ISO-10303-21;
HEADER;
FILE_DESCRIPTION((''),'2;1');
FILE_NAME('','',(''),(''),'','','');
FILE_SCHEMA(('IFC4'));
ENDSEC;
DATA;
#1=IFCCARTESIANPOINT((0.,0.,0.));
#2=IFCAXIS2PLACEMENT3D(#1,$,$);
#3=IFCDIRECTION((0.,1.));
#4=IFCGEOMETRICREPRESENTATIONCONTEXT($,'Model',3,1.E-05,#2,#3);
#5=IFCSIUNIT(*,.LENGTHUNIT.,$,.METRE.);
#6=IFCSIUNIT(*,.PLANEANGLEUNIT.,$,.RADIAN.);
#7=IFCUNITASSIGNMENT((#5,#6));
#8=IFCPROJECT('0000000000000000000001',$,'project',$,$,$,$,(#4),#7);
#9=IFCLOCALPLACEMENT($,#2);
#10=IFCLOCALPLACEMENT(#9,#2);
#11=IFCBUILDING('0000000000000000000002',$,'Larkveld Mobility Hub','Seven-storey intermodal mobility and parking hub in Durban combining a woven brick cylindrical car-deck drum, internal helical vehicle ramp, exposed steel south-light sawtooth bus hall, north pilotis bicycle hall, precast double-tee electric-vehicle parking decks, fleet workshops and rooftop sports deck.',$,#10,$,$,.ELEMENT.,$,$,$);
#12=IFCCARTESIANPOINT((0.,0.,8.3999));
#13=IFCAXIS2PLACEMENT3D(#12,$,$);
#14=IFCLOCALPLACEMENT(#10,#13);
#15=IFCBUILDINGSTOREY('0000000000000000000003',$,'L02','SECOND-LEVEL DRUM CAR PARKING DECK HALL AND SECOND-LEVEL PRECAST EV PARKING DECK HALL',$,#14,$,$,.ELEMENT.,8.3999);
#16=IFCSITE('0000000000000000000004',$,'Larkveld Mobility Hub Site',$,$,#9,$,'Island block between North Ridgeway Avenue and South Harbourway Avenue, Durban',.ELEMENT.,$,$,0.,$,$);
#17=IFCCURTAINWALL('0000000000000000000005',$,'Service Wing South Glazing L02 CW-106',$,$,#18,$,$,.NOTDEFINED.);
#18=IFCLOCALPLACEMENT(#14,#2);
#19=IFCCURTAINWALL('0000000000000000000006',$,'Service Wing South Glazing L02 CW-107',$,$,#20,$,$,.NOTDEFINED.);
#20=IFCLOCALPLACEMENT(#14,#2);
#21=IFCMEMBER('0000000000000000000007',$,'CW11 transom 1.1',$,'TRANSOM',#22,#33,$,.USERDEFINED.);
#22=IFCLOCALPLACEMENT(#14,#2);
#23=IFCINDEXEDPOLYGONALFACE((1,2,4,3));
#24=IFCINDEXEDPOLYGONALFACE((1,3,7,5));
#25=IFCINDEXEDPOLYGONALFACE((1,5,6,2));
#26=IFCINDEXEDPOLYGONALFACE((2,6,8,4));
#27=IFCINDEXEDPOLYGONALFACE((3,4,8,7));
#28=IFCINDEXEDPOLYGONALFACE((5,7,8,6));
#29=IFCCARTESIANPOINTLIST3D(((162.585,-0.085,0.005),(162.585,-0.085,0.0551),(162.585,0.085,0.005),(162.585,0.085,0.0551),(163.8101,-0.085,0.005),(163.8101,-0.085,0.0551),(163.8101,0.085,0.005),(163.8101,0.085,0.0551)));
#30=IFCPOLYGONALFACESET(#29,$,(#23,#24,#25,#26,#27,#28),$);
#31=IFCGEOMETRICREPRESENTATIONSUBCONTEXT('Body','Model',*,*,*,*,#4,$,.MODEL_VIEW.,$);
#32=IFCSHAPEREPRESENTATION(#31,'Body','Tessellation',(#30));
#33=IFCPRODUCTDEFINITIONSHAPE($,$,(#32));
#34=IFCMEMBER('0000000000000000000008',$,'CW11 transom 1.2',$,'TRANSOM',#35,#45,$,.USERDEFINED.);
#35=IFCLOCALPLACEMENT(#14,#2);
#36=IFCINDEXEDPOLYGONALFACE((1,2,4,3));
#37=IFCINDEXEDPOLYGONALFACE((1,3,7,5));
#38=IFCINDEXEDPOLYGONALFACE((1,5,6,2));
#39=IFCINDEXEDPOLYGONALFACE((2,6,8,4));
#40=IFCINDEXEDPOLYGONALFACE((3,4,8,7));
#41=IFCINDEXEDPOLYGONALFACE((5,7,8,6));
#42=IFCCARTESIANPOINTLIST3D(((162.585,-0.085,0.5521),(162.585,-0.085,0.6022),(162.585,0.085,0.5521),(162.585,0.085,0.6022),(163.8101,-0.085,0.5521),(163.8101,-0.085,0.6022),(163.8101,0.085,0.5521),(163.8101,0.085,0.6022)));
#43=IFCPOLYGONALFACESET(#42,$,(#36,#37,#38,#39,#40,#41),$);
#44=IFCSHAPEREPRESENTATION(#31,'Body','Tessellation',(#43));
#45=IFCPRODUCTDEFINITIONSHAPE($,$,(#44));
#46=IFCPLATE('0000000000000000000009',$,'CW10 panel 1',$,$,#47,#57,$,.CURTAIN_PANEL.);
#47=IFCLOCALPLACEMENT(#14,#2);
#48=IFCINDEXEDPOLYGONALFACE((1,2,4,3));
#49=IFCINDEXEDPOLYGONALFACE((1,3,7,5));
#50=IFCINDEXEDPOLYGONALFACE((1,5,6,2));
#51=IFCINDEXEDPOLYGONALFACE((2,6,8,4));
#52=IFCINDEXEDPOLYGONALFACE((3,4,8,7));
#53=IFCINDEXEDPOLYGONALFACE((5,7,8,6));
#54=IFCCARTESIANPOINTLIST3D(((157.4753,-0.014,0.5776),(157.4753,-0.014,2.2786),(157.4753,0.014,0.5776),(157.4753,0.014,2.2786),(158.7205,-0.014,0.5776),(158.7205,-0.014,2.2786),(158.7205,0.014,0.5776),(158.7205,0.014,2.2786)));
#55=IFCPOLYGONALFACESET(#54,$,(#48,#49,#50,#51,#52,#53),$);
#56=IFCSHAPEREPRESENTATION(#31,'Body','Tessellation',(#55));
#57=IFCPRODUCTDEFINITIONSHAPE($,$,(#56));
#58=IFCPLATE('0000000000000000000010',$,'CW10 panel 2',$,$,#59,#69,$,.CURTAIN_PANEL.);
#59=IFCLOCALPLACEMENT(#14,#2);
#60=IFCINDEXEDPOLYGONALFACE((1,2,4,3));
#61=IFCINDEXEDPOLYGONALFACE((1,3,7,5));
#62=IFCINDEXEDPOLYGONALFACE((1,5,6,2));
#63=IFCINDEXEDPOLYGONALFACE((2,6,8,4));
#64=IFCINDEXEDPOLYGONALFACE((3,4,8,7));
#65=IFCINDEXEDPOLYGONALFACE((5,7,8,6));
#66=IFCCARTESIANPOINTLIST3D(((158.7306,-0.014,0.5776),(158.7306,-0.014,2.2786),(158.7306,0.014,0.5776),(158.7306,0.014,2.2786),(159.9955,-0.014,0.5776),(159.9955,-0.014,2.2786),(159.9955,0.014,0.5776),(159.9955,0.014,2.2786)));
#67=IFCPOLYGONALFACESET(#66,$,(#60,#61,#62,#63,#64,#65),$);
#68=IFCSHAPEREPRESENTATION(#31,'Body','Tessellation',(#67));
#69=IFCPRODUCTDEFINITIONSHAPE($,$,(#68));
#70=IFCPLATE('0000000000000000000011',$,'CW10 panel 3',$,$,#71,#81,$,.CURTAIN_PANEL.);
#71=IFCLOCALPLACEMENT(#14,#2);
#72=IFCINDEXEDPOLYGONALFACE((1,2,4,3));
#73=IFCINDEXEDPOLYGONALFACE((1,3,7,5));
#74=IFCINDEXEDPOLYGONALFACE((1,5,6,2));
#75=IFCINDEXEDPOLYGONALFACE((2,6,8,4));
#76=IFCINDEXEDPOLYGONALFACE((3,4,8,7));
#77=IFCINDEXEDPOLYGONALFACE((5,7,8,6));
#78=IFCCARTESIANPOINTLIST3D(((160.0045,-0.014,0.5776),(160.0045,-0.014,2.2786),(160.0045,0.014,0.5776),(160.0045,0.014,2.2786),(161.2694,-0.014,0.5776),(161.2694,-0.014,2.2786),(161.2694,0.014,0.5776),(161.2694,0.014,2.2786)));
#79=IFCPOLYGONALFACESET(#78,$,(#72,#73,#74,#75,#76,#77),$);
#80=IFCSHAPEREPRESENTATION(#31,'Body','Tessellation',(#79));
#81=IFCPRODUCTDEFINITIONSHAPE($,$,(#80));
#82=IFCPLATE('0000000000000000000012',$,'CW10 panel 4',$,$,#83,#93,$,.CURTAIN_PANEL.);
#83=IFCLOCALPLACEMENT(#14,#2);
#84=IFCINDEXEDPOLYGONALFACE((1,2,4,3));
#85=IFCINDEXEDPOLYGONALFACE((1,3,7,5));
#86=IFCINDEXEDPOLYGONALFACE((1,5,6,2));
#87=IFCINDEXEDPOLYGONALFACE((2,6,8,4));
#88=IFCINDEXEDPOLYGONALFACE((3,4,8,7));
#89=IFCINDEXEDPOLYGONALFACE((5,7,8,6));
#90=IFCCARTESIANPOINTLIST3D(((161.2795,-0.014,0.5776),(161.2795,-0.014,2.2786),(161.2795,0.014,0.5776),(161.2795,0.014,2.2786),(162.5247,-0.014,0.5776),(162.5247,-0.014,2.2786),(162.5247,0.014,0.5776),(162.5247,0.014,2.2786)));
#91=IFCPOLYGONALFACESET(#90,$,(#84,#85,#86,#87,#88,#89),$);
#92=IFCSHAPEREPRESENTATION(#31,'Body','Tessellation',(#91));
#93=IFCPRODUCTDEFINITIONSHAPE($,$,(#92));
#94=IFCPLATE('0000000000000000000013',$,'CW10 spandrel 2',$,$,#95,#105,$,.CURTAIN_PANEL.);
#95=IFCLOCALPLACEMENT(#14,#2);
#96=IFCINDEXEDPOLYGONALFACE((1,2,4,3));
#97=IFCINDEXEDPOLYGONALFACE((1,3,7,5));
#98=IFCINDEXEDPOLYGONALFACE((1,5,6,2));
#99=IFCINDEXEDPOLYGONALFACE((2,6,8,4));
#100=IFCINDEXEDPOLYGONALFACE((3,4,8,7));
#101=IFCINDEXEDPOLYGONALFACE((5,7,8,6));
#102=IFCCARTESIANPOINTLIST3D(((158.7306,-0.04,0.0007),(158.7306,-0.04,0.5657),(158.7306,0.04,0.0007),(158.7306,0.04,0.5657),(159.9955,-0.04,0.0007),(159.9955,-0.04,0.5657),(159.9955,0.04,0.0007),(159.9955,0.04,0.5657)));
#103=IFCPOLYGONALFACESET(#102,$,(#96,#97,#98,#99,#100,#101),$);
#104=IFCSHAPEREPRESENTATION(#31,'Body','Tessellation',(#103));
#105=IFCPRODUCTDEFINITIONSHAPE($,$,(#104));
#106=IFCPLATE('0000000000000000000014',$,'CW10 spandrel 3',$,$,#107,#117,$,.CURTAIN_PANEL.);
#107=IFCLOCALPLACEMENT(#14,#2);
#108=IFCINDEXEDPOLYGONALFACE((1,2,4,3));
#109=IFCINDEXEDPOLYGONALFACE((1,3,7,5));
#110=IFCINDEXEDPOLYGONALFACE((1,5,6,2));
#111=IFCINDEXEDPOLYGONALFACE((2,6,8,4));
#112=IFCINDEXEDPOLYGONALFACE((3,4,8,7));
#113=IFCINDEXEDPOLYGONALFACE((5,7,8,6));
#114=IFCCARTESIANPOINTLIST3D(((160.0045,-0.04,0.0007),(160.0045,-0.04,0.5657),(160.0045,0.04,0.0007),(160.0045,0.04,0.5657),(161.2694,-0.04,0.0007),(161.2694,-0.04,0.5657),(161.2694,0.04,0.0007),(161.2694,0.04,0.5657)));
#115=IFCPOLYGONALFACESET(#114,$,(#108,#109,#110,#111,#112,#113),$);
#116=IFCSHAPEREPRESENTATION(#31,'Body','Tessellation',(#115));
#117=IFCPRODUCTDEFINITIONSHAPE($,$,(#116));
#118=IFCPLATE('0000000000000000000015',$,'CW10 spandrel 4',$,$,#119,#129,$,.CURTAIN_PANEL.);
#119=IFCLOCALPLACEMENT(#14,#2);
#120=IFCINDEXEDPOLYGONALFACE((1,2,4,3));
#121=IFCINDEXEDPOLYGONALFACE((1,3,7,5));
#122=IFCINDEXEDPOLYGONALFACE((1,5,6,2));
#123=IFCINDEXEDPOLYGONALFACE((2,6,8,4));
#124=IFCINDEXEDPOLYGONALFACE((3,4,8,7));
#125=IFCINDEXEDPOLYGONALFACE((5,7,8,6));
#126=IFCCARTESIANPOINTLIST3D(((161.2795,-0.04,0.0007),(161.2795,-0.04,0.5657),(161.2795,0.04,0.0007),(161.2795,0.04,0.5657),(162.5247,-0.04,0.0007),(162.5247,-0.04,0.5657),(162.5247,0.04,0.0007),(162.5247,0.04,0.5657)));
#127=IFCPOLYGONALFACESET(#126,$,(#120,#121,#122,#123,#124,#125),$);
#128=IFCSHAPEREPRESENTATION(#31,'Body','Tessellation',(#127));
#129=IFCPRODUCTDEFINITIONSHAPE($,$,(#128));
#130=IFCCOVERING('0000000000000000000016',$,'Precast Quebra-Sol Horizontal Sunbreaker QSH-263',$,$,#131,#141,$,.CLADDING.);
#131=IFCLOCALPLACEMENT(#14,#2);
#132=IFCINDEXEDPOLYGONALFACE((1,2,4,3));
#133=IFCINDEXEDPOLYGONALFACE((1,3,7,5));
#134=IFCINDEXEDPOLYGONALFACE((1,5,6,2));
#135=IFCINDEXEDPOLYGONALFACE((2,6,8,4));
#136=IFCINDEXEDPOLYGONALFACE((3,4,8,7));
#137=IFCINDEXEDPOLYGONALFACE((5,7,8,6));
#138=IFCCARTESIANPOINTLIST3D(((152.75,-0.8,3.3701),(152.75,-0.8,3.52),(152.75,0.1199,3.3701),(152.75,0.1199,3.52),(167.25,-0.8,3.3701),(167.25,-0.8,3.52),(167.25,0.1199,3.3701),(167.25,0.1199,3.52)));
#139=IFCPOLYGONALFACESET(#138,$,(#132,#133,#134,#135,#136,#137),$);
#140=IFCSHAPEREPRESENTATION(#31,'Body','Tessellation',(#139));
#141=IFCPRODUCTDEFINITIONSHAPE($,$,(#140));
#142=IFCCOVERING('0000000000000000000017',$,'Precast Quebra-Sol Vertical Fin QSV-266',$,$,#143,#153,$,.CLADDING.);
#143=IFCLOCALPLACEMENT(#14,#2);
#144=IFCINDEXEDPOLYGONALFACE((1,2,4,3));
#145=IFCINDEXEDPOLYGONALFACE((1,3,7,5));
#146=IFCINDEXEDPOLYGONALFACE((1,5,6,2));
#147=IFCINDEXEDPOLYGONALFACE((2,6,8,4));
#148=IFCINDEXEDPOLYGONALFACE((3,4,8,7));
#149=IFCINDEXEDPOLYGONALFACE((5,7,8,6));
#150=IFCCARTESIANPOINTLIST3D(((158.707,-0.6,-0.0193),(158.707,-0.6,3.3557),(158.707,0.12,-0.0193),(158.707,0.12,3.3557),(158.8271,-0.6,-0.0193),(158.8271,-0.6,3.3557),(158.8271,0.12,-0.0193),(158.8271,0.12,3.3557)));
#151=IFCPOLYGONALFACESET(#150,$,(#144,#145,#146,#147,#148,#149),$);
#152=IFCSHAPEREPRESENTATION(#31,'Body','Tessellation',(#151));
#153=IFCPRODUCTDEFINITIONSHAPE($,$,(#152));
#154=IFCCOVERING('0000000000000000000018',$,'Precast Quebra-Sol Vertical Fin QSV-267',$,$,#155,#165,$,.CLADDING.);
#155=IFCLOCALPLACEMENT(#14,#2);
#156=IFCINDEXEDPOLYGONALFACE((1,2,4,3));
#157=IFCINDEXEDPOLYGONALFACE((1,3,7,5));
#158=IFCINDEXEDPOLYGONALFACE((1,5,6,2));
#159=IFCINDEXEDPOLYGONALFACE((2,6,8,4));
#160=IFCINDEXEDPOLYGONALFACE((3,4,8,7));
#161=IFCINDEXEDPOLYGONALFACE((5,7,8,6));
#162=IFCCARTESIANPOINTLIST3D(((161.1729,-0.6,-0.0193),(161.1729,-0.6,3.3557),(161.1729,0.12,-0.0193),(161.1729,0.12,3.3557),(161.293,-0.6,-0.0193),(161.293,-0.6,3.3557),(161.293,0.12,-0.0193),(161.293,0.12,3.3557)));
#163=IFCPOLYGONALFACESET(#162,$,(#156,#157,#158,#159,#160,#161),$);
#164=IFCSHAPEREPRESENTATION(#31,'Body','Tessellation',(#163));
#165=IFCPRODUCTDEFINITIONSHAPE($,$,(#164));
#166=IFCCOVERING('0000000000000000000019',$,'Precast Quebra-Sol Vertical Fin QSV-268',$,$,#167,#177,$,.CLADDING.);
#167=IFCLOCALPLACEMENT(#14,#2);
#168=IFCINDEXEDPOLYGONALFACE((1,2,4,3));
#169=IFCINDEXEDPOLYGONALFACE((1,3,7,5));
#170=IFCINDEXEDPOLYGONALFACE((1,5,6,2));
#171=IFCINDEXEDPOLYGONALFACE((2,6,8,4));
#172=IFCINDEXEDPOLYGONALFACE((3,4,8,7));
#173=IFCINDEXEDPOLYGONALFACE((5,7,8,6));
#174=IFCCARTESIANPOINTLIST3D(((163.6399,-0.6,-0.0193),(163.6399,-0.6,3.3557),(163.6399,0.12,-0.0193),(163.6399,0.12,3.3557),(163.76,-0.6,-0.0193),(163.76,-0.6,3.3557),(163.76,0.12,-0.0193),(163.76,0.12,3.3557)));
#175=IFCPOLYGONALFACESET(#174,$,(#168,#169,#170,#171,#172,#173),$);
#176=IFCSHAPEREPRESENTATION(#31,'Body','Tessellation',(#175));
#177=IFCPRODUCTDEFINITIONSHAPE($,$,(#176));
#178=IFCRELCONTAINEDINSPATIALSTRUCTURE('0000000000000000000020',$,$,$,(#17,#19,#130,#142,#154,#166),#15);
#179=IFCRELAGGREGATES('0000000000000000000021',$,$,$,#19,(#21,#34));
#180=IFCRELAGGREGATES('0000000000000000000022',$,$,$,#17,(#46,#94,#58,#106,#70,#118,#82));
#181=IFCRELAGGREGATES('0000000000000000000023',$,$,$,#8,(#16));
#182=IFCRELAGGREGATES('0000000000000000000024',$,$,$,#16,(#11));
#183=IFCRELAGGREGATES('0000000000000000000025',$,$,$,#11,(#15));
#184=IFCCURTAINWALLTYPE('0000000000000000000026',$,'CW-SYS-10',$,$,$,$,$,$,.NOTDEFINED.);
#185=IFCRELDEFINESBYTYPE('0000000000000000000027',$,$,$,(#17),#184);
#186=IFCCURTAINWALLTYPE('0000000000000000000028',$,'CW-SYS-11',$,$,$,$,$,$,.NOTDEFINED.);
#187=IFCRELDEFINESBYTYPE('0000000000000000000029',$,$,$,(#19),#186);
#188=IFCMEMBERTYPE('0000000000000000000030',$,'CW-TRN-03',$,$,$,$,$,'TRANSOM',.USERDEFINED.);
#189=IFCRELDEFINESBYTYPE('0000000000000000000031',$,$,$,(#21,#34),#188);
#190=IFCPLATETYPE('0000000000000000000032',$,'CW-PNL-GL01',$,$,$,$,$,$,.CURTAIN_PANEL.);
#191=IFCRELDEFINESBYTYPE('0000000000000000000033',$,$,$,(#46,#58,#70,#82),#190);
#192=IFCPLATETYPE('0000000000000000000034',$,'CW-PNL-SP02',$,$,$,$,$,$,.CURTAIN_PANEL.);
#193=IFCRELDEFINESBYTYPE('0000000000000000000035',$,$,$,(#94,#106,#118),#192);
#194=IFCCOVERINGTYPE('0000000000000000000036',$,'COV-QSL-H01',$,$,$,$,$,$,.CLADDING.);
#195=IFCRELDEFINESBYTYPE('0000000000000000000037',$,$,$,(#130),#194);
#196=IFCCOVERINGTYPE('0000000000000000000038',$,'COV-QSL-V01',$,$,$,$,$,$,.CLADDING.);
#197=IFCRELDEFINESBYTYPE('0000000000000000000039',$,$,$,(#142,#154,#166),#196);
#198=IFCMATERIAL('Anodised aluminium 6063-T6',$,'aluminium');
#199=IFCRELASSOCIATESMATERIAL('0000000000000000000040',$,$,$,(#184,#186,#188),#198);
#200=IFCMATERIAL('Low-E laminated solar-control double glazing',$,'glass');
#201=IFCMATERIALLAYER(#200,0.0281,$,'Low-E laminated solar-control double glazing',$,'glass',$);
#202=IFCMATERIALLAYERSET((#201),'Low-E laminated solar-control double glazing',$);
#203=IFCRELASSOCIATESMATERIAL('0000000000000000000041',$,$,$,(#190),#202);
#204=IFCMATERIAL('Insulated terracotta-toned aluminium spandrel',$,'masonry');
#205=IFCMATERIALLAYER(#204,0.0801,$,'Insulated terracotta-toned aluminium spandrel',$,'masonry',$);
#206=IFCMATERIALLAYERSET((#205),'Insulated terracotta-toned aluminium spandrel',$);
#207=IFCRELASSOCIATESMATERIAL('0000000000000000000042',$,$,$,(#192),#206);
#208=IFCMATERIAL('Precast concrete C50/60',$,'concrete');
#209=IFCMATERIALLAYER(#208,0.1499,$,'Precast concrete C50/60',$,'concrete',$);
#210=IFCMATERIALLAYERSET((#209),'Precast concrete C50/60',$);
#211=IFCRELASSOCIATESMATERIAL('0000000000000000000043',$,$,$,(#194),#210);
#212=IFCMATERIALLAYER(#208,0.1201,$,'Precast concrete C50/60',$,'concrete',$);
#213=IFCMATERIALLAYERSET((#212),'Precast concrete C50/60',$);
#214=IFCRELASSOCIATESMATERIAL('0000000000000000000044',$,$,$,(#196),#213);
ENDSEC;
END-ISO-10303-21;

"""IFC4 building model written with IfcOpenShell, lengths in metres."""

from ifc_helpers import new_model, si_unit, direction, frame, origin, origin_2d, place, context, subcontext, project, spatial, rectangle, extrude, material, layer, layer_set, material_profile, profile_set, type_object, element, aggregate, save


model = new_model("IFC4")

# Units and contexts
model_context = context("Model", 3, precision=1e-05, world=origin(), true_north=direction((0.0, 1.0)))
body_context = subcontext(model_context, "Body", "Model", "MODEL_VIEW")
ifc_project = project(units=[si_unit("LENGTHUNIT", "METRE"), si_unit("PLANEANGLEUNIT", "RADIAN")], contexts=[model_context])

# Site, building, storey
site_placement = place(None, origin())
site = spatial("IfcSite", under=ifc_project, at=site_placement, Name="Larkveld Mobility Hub Site", LongName="Island block between North Ridgeway Avenue and South Harbourway Avenue, Durban", CompositionType="ELEMENT", RefElevation=0.0)
building_placement = place(site_placement, origin())
building = spatial("IfcBuilding", under=site, at=building_placement, Name="Larkveld Mobility Hub", Description="Seven-storey intermodal mobility and parking hub in Durban combining a woven brick cylindrical car-deck drum, internal helical vehicle ramp, exposed steel south-light sawtooth bus hall, north pilotis bicycle hall, precast double-tee electric-vehicle parking decks, fleet workshops and rooftop sports deck.", CompositionType="ELEMENT")
storey_placement = place(building_placement, frame((0.0, 0.0, 8.3999)))
storey = spatial("IfcBuildingStorey", under=building, at=storey_placement, Name="L02", Description="SECOND-LEVEL DRUM CAR PARKING DECK HALL AND SECOND-LEVEL PRECAST EV PARKING DECK HALL", CompositionType="ELEMENT", Elevation=8.3999)

# Curtain wall
ifc_material_1 = material(Name="Anodised aluminium 6063-T6", Category="aluminium")
curtain_wall_type_1 = type_object("IfcCurtainWallType", Name="CW-SYS-10", PredefinedType="NOTDEFINED", material=ifc_material_1)
curtain_wall_1_placement = place(storey_placement, origin())
curtain_wall_1 = element("IfcCurtainWall", 1, at=curtain_wall_1_placement, inside=storey, type_object=curtain_wall_type_1, Name="Service Wing South Glazing L02 CW-106", PredefinedType="NOTDEFINED")

# Curtain wall
curtain_wall_type_2 = type_object("IfcCurtainWallType", Name="CW-SYS-11", PredefinedType="NOTDEFINED", material=ifc_material_1)
curtain_wall_2_placement = place(storey_placement, origin())
curtain_wall_2 = element("IfcCurtainWall", 2, at=curtain_wall_2_placement, inside=storey, type_object=curtain_wall_type_2, Name="Service Wing South Glazing L02 CW-107", PredefinedType="NOTDEFINED")

# Members
ifc_material_profile_1 = material_profile(ifc_material_1, rectangle(XDim=0.1699, YDim=0.05, at=origin_2d()), Name="ALU TRAN 50x170")
ifc_profile_set_1 = profile_set([ifc_material_profile_1], Name="Anodised aluminium 6063-T6")
member_type_1 = type_object("IfcMemberType", Name="CW-TRN-03", ElementType="TRANSOM", PredefinedType="USERDEFINED", material=ifc_profile_set_1)
member_1_placement = place(storey_placement, frame((162.585, 0.0, 0.03), z_axis=(1.0, 0.0, 0.0), x_axis=(0.0, 1.0, 0.0)))
member_1 = element("IfcMember", 3, at=member_1_placement, type_object=member_type_1, Name="CW11 transom 1.1", ObjectType="TRANSOM", PredefinedType="USERDEFINED", context=body_context, shape_type="SweptSolid", body=[
    extrude(rectangle(XDim=0.1699, YDim=0.05, at=origin_2d()), origin(), (0.0, 0.0, 1.0), 1.2251),
])
member_2_placement = place(storey_placement, frame((162.585, 0.0, 0.5771), z_axis=(1.0, 0.0, 0.0), x_axis=(0.0, 1.0, 0.0)))
member_2 = element("IfcMember", 4, at=member_2_placement, type_object=member_type_1, Name="CW11 transom 1.2", ObjectType="TRANSOM", PredefinedType="USERDEFINED", context=body_context, shape_type="SweptSolid", body=[
    extrude(rectangle(XDim=0.1699, YDim=0.05, at=origin_2d()), origin(), (0.0, 0.0, 1.0), 1.2251),
])
aggregate(curtain_wall_2, [member_1, member_2])

# Plates
ifc_material_2 = material(Name="Low-E laminated solar-control double glazing", Category="glass")
ifc_layer_1 = layer(ifc_material_2, 0.0281, Name="Low-E laminated solar-control double glazing", Category="glass")
ifc_layer_set_1 = layer_set([ifc_layer_1], Name="Low-E laminated solar-control double glazing")
plate_type_1 = type_object("IfcPlateType", Name="CW-PNL-GL01", PredefinedType="CURTAIN_PANEL", material=ifc_layer_set_1)
plate_1_placement = place(storey_placement, frame((158.0979, 0.0, 0.5776), z_axis=(0.0, 0.0, 1.0), x_axis=(1.0, 0.0, 0.0)))
plate_1 = element("IfcPlate", 5, at=plate_1_placement, type_object=plate_type_1, Name="CW10 panel 1", PredefinedType="CURTAIN_PANEL", context=body_context, shape_type="SweptSolid", body=[
    extrude(rectangle(XDim=1.2451, YDim=0.0281, at=origin_2d()), origin(), (0.0, 0.0, 1.0), 1.7009),
])
plate_2_placement = place(storey_placement, frame((159.363, 0.0, 0.5776), z_axis=(0.0, 0.0, 1.0), x_axis=(1.0, 0.0, 0.0)))
plate_2 = element("IfcPlate", 6, at=plate_2_placement, type_object=plate_type_1, Name="CW10 panel 2", PredefinedType="CURTAIN_PANEL", context=body_context, shape_type="SweptSolid", body=[
    extrude(rectangle(XDim=1.2649, YDim=0.0281, at=origin_2d()), origin(), (0.0, 0.0, 1.0), 1.7009),
])
plate_3_placement = place(storey_placement, frame((160.637, 0.0, 0.5776), z_axis=(0.0, 0.0, 1.0), x_axis=(1.0, 0.0, 0.0)))
plate_3 = element("IfcPlate", 7, at=plate_3_placement, type_object=plate_type_1, Name="CW10 panel 3", PredefinedType="CURTAIN_PANEL", context=body_context, shape_type="SweptSolid", body=[
    extrude(rectangle(XDim=1.2649, YDim=0.0281, at=origin_2d()), origin(), (0.0, 0.0, 1.0), 1.7009),
])
plate_4_placement = place(storey_placement, frame((161.9021, 0.0, 0.5776), z_axis=(0.0, 0.0, 1.0), x_axis=(1.0, 0.0, 0.0)))
plate_4 = element("IfcPlate", 8, at=plate_4_placement, type_object=plate_type_1, Name="CW10 panel 4", PredefinedType="CURTAIN_PANEL", context=body_context, shape_type="SweptSolid", body=[
    extrude(rectangle(XDim=1.2451, YDim=0.0281, at=origin_2d()), origin(), (0.0, 0.0, 1.0), 1.7009),
])
ifc_material_3 = material(Name="Insulated terracotta-toned aluminium spandrel", Category="masonry")
ifc_layer_2 = layer(ifc_material_3, 0.0801, Name="Insulated terracotta-toned aluminium spandrel", Category="masonry")
ifc_layer_set_2 = layer_set([ifc_layer_2], Name="Insulated terracotta-toned aluminium spandrel")
plate_type_2 = type_object("IfcPlateType", Name="CW-PNL-SP02", PredefinedType="CURTAIN_PANEL", material=ifc_layer_set_2)
plate_5_placement = place(storey_placement, frame((159.363, 0.0, 0.0007), z_axis=(0.0, 0.0, 1.0), x_axis=(1.0, 0.0, 0.0)))
plate_5 = element("IfcPlate", 9, at=plate_5_placement, type_object=plate_type_2, Name="CW10 spandrel 2", PredefinedType="CURTAIN_PANEL", context=body_context, shape_type="SweptSolid", body=[
    extrude(rectangle(XDim=1.2649, YDim=0.0801, at=origin_2d()), origin(), (0.0, 0.0, 1.0), 0.5649),
])
plate_6_placement = place(storey_placement, frame((160.637, 0.0, 0.0007), z_axis=(0.0, 0.0, 1.0), x_axis=(1.0, 0.0, 0.0)))
plate_6 = element("IfcPlate", 10, at=plate_6_placement, type_object=plate_type_2, Name="CW10 spandrel 3", PredefinedType="CURTAIN_PANEL", context=body_context, shape_type="SweptSolid", body=[
    extrude(rectangle(XDim=1.2649, YDim=0.0801, at=origin_2d()), origin(), (0.0, 0.0, 1.0), 0.5649),
])
plate_7_placement = place(storey_placement, frame((161.9021, 0.0, 0.0007), z_axis=(0.0, 0.0, 1.0), x_axis=(1.0, 0.0, 0.0)))
plate_7 = element("IfcPlate", 11, at=plate_7_placement, type_object=plate_type_2, Name="CW10 spandrel 4", PredefinedType="CURTAIN_PANEL", context=body_context, shape_type="SweptSolid", body=[
    extrude(rectangle(XDim=1.2451, YDim=0.0801, at=origin_2d()), origin(), (0.0, 0.0, 1.0), 0.5649),
])
aggregate(curtain_wall_1, [plate_1, plate_5, plate_2, plate_6, plate_3, plate_7, plate_4])

# Coverings
ifc_material_4 = material(Name="Precast concrete C50/60", Category="concrete")
ifc_layer_3 = layer(ifc_material_4, 0.1499, Name="Precast concrete C50/60", Category="concrete")
ifc_layer_set_3 = layer_set([ifc_layer_3], Name="Precast concrete C50/60")
covering_type_1 = type_object("IfcCoveringType", Name="COV-QSL-H01", PredefinedType="CLADDING", material=ifc_layer_set_3)
covering_placement = place(storey_placement, frame((160.0, -0.3401, 3.3701), z_axis=(0.0, 0.0, 1.0), x_axis=(1.0, 0.0, 0.0)))
element("IfcCovering", 12, at=covering_placement, inside=storey, type_object=covering_type_1, Name="Precast Quebra-Sol Horizontal Sunbreaker QSH-263", PredefinedType="CLADDING", context=body_context, shape_type="SweptSolid", body=[
    extrude(rectangle(XDim=14.5, YDim=0.9199, at=origin_2d()), origin(), (0.0, 0.0, 1.0), 0.1499),
])
ifc_layer_4 = layer(ifc_material_4, 0.1201, Name="Precast concrete C50/60", Category="concrete")
ifc_layer_set_4 = layer_set([ifc_layer_4], Name="Precast concrete C50/60")
covering_type_2 = type_object("IfcCoveringType", Name="COV-QSL-V01", PredefinedType="CLADDING", material=ifc_layer_set_4)
for number, where, z_axis, x_axis, name in (
    (13, (158.7671, -0.24, -0.0193), (0.0, 0.0, 1.0), (1.0, 0.0, 0.0), "Precast Quebra-Sol Vertical Fin QSV-266"),
    (14, (161.2329, -0.24, -0.0193), (0.0, 0.0, 1.0), (1.0, 0.0, 0.0), "Precast Quebra-Sol Vertical Fin QSV-267"),
    (15, (163.7, -0.24, -0.0193), (0.0, 0.0, 1.0), (1.0, 0.0, 0.0), "Precast Quebra-Sol Vertical Fin QSV-268"),
):
    element("IfcCovering", number, at=place(storey_placement, frame(where, z_axis=z_axis, x_axis=x_axis)), inside=storey, type_object=covering_type_2, Name=name, PredefinedType="CLADDING", context=body_context, shape_type="SweptSolid", body=[
        extrude(rectangle(XDim=0.1201, YDim=0.72, at=origin_2d()), origin(), (0.0, 0.0, 1.0), 3.375),
    ])

save(model, "model.ifc")
